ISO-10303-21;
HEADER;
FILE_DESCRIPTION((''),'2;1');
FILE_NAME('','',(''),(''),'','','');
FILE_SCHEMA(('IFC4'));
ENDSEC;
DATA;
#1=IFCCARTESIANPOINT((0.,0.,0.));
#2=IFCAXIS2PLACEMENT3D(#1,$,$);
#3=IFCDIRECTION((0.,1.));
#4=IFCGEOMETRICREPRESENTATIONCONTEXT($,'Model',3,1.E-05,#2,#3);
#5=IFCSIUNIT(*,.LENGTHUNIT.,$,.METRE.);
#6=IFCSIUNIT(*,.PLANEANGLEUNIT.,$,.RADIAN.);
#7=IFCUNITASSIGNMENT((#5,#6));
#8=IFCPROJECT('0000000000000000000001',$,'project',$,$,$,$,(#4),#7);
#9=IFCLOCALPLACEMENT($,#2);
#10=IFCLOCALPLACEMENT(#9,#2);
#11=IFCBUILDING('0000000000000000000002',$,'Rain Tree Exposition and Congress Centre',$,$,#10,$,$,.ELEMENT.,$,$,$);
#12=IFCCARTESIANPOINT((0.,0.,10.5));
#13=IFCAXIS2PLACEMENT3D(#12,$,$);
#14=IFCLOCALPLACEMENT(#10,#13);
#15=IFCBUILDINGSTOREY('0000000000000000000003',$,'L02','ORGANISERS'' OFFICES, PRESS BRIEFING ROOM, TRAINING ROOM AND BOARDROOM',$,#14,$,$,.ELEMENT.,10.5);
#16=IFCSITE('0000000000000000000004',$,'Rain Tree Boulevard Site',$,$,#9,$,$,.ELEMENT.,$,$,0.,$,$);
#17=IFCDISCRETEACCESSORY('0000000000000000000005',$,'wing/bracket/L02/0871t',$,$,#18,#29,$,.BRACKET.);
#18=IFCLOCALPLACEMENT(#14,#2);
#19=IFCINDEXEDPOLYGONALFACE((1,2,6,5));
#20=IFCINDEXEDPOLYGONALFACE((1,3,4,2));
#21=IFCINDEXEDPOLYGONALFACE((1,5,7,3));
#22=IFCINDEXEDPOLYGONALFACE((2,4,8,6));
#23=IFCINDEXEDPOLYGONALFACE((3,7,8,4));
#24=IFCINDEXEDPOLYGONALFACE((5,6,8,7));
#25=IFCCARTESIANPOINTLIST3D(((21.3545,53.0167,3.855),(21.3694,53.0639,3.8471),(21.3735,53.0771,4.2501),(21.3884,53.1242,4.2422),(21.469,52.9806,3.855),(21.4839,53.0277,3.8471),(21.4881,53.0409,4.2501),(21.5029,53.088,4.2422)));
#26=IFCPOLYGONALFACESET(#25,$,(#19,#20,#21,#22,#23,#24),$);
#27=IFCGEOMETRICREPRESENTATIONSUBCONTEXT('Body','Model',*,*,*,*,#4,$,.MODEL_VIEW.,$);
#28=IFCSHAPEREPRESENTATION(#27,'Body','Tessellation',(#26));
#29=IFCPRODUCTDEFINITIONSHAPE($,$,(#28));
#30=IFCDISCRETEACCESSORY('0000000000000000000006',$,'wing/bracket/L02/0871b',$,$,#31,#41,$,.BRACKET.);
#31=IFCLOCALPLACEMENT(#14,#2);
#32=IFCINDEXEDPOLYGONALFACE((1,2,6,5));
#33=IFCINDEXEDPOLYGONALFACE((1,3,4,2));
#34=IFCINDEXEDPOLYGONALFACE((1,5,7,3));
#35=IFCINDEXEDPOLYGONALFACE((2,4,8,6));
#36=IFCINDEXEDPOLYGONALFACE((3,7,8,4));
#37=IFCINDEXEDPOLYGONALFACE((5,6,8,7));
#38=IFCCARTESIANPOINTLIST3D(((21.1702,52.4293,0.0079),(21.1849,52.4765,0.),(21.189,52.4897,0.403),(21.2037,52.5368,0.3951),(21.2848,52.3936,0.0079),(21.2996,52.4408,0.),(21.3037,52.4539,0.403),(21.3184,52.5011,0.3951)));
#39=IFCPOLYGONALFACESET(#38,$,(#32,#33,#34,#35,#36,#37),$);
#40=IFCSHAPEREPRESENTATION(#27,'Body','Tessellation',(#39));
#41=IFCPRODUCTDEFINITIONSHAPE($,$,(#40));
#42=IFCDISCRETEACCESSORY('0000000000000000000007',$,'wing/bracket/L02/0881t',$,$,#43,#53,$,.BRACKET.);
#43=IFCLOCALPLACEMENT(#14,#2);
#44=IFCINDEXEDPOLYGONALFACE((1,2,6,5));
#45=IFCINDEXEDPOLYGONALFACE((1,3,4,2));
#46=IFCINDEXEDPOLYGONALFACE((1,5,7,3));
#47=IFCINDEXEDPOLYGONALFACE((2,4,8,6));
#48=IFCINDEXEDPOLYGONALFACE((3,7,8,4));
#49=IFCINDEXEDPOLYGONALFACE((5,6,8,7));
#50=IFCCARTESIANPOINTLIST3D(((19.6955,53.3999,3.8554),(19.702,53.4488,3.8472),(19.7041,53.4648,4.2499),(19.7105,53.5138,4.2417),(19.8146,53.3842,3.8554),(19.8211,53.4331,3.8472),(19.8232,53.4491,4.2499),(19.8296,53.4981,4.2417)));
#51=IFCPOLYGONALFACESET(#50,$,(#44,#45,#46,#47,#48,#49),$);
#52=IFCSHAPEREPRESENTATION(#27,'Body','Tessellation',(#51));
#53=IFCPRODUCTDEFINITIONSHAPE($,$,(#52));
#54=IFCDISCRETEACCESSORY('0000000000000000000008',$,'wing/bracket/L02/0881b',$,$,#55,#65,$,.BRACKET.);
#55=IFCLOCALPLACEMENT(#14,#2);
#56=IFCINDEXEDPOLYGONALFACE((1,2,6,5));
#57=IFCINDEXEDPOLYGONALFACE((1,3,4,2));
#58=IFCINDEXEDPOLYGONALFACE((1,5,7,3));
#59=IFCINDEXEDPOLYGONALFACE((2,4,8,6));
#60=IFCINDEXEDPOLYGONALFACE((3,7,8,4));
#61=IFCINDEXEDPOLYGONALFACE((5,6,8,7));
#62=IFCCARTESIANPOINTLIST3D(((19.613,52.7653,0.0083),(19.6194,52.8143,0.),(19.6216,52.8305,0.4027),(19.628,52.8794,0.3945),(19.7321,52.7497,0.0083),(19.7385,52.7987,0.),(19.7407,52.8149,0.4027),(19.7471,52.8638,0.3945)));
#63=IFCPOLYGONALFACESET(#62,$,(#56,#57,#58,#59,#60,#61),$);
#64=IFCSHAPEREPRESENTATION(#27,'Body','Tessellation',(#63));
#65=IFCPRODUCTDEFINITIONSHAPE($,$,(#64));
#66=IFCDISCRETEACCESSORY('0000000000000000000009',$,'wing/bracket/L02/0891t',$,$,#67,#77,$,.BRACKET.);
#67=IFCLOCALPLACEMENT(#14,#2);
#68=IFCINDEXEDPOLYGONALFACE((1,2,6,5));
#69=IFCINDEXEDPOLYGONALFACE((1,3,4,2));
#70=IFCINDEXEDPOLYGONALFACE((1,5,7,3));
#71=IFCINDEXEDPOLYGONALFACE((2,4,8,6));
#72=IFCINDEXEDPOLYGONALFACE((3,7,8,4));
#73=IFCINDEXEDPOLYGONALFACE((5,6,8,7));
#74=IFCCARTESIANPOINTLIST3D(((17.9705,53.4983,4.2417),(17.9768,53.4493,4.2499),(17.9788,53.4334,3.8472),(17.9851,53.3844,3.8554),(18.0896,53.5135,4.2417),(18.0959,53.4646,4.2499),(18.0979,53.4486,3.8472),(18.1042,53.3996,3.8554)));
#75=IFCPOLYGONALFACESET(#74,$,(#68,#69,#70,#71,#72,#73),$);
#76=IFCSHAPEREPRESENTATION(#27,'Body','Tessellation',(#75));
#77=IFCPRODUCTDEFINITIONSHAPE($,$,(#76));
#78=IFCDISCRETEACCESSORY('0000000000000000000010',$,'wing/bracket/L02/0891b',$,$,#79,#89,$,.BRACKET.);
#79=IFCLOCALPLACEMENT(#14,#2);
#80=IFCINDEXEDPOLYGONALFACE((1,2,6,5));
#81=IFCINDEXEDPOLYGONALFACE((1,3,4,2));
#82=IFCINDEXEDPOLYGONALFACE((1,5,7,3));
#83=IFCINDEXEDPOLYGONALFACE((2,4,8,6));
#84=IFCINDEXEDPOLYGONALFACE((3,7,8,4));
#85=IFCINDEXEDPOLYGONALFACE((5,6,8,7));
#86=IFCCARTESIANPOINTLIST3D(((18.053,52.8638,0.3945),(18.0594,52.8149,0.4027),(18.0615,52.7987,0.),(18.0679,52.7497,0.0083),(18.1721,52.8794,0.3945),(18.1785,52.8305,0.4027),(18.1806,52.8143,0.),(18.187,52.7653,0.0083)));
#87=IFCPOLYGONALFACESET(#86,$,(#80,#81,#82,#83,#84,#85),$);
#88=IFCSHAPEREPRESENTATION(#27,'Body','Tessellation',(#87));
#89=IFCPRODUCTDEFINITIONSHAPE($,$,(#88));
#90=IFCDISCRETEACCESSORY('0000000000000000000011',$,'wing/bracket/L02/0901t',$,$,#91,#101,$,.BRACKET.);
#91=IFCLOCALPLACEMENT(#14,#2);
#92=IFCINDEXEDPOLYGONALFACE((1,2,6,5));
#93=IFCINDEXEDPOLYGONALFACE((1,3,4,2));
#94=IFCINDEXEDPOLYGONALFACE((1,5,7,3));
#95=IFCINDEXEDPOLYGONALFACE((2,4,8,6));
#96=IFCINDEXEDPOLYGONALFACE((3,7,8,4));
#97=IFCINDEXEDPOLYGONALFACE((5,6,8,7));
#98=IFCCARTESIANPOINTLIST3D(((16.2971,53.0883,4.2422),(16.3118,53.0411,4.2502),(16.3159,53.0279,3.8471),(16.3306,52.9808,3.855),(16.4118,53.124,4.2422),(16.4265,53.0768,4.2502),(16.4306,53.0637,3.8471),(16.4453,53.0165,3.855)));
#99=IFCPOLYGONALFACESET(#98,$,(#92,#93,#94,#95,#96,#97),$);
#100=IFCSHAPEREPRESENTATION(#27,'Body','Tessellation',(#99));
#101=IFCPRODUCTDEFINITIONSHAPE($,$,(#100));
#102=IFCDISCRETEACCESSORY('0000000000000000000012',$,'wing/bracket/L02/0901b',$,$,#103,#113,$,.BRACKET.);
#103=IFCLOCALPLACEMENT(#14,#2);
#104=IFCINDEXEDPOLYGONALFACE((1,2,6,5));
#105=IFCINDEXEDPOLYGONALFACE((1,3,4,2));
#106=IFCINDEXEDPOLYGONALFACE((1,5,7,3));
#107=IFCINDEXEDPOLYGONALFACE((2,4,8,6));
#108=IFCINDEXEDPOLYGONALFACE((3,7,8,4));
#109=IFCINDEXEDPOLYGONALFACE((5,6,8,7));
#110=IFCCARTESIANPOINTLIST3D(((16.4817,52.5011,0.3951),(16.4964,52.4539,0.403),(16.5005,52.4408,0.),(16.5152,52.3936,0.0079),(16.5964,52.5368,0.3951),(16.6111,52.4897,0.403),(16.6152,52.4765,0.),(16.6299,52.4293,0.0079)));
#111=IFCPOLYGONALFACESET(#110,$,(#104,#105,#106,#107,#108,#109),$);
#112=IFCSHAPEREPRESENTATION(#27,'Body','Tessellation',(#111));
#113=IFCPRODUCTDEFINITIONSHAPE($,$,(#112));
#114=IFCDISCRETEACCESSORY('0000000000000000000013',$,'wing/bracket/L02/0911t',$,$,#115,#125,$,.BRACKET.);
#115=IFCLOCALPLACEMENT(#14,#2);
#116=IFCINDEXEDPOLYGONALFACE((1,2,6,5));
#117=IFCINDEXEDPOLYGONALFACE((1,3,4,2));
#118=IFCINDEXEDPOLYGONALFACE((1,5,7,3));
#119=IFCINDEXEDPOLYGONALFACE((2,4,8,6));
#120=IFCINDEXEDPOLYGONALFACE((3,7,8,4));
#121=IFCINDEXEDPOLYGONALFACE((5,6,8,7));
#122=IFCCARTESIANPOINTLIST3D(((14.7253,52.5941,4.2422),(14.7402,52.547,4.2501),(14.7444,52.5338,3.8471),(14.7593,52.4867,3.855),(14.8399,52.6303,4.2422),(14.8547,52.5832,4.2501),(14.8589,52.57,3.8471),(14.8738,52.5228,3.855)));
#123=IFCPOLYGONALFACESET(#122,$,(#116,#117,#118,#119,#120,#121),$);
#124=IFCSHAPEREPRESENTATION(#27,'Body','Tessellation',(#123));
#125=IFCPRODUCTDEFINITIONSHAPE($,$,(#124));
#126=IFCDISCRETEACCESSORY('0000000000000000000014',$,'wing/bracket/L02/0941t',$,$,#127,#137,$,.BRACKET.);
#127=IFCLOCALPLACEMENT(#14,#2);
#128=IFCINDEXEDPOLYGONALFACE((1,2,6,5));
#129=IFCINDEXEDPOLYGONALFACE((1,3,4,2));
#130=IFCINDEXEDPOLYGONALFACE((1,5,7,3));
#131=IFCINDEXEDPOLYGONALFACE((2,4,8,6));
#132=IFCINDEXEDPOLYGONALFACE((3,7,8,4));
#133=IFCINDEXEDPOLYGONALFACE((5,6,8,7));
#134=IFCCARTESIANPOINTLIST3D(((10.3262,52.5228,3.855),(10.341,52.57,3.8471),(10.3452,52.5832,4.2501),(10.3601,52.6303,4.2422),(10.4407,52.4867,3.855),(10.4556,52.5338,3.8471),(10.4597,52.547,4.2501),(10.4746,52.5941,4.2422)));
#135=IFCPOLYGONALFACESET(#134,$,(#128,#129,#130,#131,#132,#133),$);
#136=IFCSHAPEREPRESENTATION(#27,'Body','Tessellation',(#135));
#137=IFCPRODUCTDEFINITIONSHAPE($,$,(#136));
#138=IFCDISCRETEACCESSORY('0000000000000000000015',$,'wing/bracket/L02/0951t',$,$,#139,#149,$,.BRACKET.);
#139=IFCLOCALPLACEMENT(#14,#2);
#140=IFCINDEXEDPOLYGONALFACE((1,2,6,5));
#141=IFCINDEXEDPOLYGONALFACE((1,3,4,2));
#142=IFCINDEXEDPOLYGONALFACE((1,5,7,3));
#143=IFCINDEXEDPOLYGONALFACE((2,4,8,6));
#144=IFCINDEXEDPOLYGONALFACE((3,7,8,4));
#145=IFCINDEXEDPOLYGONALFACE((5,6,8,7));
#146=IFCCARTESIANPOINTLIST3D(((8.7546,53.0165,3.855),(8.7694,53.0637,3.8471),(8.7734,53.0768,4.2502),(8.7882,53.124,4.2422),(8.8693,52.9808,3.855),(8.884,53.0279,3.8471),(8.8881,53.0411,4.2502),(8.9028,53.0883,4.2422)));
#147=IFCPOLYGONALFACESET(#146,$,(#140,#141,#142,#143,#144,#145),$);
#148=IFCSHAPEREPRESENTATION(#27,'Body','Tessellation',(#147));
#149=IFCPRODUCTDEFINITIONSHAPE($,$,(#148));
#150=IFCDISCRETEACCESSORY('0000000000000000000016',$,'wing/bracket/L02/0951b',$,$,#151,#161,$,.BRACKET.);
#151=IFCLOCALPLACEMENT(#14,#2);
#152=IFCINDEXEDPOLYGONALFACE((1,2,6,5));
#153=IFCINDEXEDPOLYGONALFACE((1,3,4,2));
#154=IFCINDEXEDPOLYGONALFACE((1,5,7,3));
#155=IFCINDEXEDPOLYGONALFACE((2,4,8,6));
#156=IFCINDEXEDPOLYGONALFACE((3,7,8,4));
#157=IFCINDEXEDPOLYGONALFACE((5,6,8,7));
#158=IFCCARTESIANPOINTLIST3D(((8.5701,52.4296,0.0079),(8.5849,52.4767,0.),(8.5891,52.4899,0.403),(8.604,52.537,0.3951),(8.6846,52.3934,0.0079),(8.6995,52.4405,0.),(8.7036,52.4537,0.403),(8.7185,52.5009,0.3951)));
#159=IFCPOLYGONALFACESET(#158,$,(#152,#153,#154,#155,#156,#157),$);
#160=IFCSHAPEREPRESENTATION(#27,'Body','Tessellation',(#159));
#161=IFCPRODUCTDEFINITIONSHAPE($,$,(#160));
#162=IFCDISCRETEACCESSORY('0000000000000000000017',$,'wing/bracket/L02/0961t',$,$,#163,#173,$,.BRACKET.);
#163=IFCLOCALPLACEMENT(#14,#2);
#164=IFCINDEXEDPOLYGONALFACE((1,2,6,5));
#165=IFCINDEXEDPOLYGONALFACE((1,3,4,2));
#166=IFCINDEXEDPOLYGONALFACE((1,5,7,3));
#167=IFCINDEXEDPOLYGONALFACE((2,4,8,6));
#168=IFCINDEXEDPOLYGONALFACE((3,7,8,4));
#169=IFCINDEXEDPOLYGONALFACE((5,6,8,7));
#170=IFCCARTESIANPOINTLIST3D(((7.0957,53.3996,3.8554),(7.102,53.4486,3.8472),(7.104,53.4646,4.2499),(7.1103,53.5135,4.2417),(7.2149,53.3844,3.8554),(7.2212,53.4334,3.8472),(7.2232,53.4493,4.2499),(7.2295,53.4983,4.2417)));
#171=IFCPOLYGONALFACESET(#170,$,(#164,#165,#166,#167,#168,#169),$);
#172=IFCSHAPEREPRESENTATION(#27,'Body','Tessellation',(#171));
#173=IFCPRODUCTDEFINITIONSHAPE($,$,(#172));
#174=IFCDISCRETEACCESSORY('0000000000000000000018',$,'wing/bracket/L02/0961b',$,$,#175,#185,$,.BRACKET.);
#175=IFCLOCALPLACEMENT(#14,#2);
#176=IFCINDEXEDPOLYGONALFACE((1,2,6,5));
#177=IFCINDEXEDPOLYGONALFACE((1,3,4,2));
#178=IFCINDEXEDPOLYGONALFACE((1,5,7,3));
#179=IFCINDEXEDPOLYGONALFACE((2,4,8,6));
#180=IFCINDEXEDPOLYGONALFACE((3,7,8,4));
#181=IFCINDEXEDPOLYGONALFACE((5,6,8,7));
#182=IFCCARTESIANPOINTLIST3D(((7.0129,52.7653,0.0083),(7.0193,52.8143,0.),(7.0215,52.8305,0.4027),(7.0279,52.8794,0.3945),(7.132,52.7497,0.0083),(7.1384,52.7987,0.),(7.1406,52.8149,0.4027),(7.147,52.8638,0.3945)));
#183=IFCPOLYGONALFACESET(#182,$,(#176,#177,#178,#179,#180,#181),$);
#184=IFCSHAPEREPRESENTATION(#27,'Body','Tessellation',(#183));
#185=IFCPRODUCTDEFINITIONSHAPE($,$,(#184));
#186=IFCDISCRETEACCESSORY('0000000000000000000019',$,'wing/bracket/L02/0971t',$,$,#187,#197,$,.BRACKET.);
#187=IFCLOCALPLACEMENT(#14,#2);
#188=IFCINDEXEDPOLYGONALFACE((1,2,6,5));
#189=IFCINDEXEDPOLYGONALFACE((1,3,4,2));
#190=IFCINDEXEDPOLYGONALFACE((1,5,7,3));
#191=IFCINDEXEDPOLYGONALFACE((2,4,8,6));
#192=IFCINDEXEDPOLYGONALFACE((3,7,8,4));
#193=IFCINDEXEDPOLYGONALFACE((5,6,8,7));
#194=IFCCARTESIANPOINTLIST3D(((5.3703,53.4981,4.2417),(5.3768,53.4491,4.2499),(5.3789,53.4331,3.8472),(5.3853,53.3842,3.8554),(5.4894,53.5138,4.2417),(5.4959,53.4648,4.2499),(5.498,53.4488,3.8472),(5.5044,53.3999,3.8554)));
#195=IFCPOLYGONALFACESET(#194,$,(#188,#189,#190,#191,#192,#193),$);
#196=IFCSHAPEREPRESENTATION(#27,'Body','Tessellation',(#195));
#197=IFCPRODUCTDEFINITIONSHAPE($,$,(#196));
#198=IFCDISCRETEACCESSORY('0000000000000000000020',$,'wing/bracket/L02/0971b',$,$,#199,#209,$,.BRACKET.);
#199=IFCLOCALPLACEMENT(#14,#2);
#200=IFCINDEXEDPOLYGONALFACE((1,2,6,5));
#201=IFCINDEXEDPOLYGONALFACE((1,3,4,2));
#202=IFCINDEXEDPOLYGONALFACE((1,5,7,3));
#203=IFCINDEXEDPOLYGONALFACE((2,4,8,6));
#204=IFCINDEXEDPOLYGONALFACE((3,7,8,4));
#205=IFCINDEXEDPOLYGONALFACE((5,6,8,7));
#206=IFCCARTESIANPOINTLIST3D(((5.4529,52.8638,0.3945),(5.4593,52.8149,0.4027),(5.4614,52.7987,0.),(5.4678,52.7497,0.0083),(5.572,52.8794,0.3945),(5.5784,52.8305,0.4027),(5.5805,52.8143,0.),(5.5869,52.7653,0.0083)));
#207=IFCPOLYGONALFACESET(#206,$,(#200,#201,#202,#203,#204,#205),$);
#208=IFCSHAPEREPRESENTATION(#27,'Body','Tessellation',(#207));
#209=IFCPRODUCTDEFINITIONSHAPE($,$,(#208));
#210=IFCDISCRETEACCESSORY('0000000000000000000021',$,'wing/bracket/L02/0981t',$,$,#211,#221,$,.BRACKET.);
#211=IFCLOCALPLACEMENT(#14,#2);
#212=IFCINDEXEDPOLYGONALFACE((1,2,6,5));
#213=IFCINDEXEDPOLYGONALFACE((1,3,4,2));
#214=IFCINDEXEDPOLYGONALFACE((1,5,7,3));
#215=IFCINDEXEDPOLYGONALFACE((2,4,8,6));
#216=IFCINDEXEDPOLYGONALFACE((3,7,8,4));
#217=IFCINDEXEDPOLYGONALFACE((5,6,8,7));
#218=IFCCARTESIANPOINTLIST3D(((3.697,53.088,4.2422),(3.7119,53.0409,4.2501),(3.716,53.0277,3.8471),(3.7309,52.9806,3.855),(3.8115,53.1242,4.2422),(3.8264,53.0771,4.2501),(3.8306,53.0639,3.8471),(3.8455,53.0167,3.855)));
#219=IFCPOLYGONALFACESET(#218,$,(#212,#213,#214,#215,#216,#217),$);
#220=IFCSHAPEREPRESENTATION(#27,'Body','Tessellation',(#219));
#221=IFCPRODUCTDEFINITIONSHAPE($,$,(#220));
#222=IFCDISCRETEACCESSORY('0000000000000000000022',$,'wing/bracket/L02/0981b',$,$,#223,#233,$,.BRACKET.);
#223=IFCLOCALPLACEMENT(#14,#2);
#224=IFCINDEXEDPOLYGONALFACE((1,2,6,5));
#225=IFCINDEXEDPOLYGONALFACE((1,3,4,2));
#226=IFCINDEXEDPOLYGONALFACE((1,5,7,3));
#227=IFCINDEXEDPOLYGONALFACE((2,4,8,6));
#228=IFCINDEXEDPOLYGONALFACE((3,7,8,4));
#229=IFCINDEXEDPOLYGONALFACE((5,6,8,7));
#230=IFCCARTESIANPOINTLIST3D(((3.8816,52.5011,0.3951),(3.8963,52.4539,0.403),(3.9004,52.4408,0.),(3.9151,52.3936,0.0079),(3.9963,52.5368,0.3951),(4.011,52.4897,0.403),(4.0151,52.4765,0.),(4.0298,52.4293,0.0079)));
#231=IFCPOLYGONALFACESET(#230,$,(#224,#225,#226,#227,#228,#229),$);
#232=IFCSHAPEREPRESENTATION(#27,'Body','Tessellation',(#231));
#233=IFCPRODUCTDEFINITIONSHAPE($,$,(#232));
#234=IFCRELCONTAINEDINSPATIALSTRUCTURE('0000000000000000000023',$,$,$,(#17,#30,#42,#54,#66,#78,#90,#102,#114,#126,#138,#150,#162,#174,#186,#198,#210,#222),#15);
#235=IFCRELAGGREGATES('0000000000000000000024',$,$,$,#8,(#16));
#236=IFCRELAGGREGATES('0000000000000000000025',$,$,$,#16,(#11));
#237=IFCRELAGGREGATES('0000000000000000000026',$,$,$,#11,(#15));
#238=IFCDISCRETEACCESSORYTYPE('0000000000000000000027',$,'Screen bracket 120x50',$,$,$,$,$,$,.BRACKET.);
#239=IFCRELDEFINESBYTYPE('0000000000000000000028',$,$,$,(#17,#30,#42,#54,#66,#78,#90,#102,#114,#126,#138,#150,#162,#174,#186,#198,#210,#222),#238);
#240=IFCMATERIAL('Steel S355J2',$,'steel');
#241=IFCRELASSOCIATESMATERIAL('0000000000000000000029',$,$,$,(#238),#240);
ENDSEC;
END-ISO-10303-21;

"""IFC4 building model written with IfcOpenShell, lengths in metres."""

from ifc_helpers import new_model, si_unit, direction, frame, origin, origin_2d, place, context, subcontext, project, spatial, rectangle, extrude, material, material_profile, profile_set, type_object, element, save


model = new_model("IFC4")

# Units and contexts
model_context = context("Model", 3, precision=1e-05, world=origin(), true_north=direction((0.0, 1.0)))
body_context = subcontext(model_context, "Body", "Model", "MODEL_VIEW")
ifc_project = project(units=[si_unit("LENGTHUNIT", "METRE"), si_unit("PLANEANGLEUNIT", "RADIAN")], contexts=[model_context])

# Site, building, storey
site_placement = place(None, origin())
site = spatial("IfcSite", under=ifc_project, at=site_placement, Name="Rain Tree Boulevard Site", CompositionType="ELEMENT", RefElevation=0.0)
building_placement = place(site_placement, origin())
building = spatial("IfcBuilding", under=site, at=building_placement, Name="Rain Tree Exposition and Congress Centre", CompositionType="ELEMENT")
storey_placement = place(building_placement, frame((0.0, 0.0, 10.5)))
storey = spatial("IfcBuildingStorey", under=building, at=storey_placement, Name="L02", Description="ORGANISERS' OFFICES, PRESS BRIEFING ROOM, TRAINING ROOM AND BOARDROOM", CompositionType="ELEMENT", Elevation=10.5)

# Discrete accessories
ifc_material_1 = material(Name="Steel S355J2", Category="steel")
ifc_material_profile_1 = material_profile(ifc_material_1, rectangle(XDim=0.1201, YDim=0.05, at=origin_2d()), Name="Flat bar 120x50")
ifc_profile_set_1 = profile_set([ifc_material_profile_1], Name="Steel S355J2")
discrete_accessory_type = type_object("IfcDiscreteAccessoryType", Name="Screen bracket 120x50", PredefinedType="BRACKET", material=ifc_profile_set_1)
for number, where, z_axis, x_axis, name in (
    (1, (21.4192, 53.0222, 3.8511), (0.047602, 0.150738, 0.987427), (-0.953583, 0.301131, 0.0), "wing/bracket/L02/0871t"),
    (2, (21.2349, 52.4351, 0.0039), (0.046993, 0.150743, 0.987456), (-0.954686, 0.297615, 0.0), "wing/bracket/L02/0871b"),
):
    element("IfcDiscreteAccessory", number, at=place(storey_placement, frame(where, z_axis=z_axis, x_axis=x_axis)), inside=storey, type_object=discrete_accessory_type, Name=name, PredefinedType="BRACKET", context=body_context, shape_type="SweptSolid", body=[
        extrude(rectangle(XDim=0.1201, YDim=0.05, at=origin_2d()), origin(), (0.0, 0.0, 1.0), 0.4001),
    ])
for number, where, z_axis, x_axis, name in (
    (3, (19.7583, 53.4165, 3.8513), (0.021366, 0.162381, 0.986497), (-0.991454, 0.130455, 0.0), "wing/bracket/L02/0881t"),
    (4, (19.6758, 52.782, 0.0042), (0.021364, 0.162976, 0.986399), (-0.991517, 0.129974, 0.0), "wing/bracket/L02/0881b"),
    (5, (18.0415, 53.4165, 3.8513), (-0.020756, 0.162383, 0.986509), (-0.99193, -0.126788, 0.0), "wing/bracket/L02/0891t"),
    (6, (18.1243, 52.782, 0.0042), (-0.021364, 0.162976, 0.986399), (-0.991517, -0.129974, 0.0), "wing/bracket/L02/0891b"),
):
    element("IfcDiscreteAccessory", number, at=place(storey_placement, frame(where, z_axis=z_axis, x_axis=x_axis)), inside=storey, type_object=discrete_accessory_type, Name=name, PredefinedType="BRACKET", context=body_context, shape_type="SweptSolid", body=[
        extrude(rectangle(XDim=0.1201, YDim=0.05, at=origin_2d()), origin(), (0.0, 0.0, 1.0), 0.3999),
    ])
for number, where, z_axis, x_axis, name in (
    (7, (16.3806, 53.0222, 3.8511), (-0.046993, 0.150743, 0.987456), (-0.954686, -0.297615, 0.0), "wing/bracket/L02/0901t"),
    (8, (16.5652, 52.4351, 0.0039), (-0.046993, 0.150743, 0.987456), (-0.954686, -0.297615, 0.0), "wing/bracket/L02/0901b"),
    (9, (14.8091, 52.5283, 3.8511), (-0.047602, 0.150738, 0.987427), (-0.953583, -0.301131, 0.0), "wing/bracket/L02/0911t"),
    (10, (10.3909, 52.5283, 3.8511), (0.047602, 0.150738, 0.987427), (-0.953583, 0.301131, 0.0), "wing/bracket/L02/0941t"),
    (11, (8.8193, 53.0222, 3.8511), (0.046993, 0.150743, 0.987456), (-0.954686, 0.297615, 0.0), "wing/bracket/L02/0951t"),
    (12, (8.6348, 52.4351, 0.0039), (0.047602, 0.150738, 0.987427), (-0.953583, 0.301131, 0.0), "wing/bracket/L02/0951b"),
):
    element("IfcDiscreteAccessory", number, at=place(storey_placement, frame(where, z_axis=z_axis, x_axis=x_axis)), inside=storey, type_object=discrete_accessory_type, Name=name, PredefinedType="BRACKET", context=body_context, shape_type="SweptSolid", body=[
        extrude(rectangle(XDim=0.1201, YDim=0.05, at=origin_2d()), origin(), (0.0, 0.0, 1.0), 0.4001),
    ])
for number, where, z_axis, x_axis, name in (
    (13, (7.1584, 53.4165, 3.8513), (0.020756, 0.162383, 0.986509), (-0.99193, 0.126788, 0.0), "wing/bracket/L02/0961t"),
    (14, (7.0757, 52.782, 0.0042), (0.021364, 0.162976, 0.986399), (-0.991517, 0.129974, 0.0), "wing/bracket/L02/0961b"),
    (15, (5.4417, 53.4165, 3.8513), (-0.021366, 0.162381, 0.986497), (-0.991454, -0.130455, 0.0), "wing/bracket/L02/0971t"),
    (16, (5.5242, 52.782, 0.0042), (-0.021364, 0.162976, 0.986399), (-0.991517, -0.129974, 0.0), "wing/bracket/L02/0971b"),
):
    element("IfcDiscreteAccessory", number, at=place(storey_placement, frame(where, z_axis=z_axis, x_axis=x_axis)), inside=storey, type_object=discrete_accessory_type, Name=name, PredefinedType="BRACKET", context=body_context, shape_type="SweptSolid", body=[
        extrude(rectangle(XDim=0.1201, YDim=0.05, at=origin_2d()), origin(), (0.0, 0.0, 1.0), 0.3999),
    ])
for number, where, z_axis, x_axis, name in (
    (17, (3.7808, 53.0222, 3.8511), (-0.047602, 0.150738, 0.987427), (-0.953583, -0.301131, 0.0), "wing/bracket/L02/0981t"),
    (18, (3.9651, 52.4351, 0.0039), (-0.046993, 0.150743, 0.987456), (-0.954686, -0.297615, 0.0), "wing/bracket/L02/0981b"),
):
    element("IfcDiscreteAccessory", number, at=place(storey_placement, frame(where, z_axis=z_axis, x_axis=x_axis)), inside=storey, type_object=discrete_accessory_type, Name=name, PredefinedType="BRACKET", context=body_context, shape_type="SweptSolid", body=[
        extrude(rectangle(XDim=0.1201, YDim=0.05, at=origin_2d()), origin(), (0.0, 0.0, 1.0), 0.4001),
    ])

save(model, "model.ifc")
